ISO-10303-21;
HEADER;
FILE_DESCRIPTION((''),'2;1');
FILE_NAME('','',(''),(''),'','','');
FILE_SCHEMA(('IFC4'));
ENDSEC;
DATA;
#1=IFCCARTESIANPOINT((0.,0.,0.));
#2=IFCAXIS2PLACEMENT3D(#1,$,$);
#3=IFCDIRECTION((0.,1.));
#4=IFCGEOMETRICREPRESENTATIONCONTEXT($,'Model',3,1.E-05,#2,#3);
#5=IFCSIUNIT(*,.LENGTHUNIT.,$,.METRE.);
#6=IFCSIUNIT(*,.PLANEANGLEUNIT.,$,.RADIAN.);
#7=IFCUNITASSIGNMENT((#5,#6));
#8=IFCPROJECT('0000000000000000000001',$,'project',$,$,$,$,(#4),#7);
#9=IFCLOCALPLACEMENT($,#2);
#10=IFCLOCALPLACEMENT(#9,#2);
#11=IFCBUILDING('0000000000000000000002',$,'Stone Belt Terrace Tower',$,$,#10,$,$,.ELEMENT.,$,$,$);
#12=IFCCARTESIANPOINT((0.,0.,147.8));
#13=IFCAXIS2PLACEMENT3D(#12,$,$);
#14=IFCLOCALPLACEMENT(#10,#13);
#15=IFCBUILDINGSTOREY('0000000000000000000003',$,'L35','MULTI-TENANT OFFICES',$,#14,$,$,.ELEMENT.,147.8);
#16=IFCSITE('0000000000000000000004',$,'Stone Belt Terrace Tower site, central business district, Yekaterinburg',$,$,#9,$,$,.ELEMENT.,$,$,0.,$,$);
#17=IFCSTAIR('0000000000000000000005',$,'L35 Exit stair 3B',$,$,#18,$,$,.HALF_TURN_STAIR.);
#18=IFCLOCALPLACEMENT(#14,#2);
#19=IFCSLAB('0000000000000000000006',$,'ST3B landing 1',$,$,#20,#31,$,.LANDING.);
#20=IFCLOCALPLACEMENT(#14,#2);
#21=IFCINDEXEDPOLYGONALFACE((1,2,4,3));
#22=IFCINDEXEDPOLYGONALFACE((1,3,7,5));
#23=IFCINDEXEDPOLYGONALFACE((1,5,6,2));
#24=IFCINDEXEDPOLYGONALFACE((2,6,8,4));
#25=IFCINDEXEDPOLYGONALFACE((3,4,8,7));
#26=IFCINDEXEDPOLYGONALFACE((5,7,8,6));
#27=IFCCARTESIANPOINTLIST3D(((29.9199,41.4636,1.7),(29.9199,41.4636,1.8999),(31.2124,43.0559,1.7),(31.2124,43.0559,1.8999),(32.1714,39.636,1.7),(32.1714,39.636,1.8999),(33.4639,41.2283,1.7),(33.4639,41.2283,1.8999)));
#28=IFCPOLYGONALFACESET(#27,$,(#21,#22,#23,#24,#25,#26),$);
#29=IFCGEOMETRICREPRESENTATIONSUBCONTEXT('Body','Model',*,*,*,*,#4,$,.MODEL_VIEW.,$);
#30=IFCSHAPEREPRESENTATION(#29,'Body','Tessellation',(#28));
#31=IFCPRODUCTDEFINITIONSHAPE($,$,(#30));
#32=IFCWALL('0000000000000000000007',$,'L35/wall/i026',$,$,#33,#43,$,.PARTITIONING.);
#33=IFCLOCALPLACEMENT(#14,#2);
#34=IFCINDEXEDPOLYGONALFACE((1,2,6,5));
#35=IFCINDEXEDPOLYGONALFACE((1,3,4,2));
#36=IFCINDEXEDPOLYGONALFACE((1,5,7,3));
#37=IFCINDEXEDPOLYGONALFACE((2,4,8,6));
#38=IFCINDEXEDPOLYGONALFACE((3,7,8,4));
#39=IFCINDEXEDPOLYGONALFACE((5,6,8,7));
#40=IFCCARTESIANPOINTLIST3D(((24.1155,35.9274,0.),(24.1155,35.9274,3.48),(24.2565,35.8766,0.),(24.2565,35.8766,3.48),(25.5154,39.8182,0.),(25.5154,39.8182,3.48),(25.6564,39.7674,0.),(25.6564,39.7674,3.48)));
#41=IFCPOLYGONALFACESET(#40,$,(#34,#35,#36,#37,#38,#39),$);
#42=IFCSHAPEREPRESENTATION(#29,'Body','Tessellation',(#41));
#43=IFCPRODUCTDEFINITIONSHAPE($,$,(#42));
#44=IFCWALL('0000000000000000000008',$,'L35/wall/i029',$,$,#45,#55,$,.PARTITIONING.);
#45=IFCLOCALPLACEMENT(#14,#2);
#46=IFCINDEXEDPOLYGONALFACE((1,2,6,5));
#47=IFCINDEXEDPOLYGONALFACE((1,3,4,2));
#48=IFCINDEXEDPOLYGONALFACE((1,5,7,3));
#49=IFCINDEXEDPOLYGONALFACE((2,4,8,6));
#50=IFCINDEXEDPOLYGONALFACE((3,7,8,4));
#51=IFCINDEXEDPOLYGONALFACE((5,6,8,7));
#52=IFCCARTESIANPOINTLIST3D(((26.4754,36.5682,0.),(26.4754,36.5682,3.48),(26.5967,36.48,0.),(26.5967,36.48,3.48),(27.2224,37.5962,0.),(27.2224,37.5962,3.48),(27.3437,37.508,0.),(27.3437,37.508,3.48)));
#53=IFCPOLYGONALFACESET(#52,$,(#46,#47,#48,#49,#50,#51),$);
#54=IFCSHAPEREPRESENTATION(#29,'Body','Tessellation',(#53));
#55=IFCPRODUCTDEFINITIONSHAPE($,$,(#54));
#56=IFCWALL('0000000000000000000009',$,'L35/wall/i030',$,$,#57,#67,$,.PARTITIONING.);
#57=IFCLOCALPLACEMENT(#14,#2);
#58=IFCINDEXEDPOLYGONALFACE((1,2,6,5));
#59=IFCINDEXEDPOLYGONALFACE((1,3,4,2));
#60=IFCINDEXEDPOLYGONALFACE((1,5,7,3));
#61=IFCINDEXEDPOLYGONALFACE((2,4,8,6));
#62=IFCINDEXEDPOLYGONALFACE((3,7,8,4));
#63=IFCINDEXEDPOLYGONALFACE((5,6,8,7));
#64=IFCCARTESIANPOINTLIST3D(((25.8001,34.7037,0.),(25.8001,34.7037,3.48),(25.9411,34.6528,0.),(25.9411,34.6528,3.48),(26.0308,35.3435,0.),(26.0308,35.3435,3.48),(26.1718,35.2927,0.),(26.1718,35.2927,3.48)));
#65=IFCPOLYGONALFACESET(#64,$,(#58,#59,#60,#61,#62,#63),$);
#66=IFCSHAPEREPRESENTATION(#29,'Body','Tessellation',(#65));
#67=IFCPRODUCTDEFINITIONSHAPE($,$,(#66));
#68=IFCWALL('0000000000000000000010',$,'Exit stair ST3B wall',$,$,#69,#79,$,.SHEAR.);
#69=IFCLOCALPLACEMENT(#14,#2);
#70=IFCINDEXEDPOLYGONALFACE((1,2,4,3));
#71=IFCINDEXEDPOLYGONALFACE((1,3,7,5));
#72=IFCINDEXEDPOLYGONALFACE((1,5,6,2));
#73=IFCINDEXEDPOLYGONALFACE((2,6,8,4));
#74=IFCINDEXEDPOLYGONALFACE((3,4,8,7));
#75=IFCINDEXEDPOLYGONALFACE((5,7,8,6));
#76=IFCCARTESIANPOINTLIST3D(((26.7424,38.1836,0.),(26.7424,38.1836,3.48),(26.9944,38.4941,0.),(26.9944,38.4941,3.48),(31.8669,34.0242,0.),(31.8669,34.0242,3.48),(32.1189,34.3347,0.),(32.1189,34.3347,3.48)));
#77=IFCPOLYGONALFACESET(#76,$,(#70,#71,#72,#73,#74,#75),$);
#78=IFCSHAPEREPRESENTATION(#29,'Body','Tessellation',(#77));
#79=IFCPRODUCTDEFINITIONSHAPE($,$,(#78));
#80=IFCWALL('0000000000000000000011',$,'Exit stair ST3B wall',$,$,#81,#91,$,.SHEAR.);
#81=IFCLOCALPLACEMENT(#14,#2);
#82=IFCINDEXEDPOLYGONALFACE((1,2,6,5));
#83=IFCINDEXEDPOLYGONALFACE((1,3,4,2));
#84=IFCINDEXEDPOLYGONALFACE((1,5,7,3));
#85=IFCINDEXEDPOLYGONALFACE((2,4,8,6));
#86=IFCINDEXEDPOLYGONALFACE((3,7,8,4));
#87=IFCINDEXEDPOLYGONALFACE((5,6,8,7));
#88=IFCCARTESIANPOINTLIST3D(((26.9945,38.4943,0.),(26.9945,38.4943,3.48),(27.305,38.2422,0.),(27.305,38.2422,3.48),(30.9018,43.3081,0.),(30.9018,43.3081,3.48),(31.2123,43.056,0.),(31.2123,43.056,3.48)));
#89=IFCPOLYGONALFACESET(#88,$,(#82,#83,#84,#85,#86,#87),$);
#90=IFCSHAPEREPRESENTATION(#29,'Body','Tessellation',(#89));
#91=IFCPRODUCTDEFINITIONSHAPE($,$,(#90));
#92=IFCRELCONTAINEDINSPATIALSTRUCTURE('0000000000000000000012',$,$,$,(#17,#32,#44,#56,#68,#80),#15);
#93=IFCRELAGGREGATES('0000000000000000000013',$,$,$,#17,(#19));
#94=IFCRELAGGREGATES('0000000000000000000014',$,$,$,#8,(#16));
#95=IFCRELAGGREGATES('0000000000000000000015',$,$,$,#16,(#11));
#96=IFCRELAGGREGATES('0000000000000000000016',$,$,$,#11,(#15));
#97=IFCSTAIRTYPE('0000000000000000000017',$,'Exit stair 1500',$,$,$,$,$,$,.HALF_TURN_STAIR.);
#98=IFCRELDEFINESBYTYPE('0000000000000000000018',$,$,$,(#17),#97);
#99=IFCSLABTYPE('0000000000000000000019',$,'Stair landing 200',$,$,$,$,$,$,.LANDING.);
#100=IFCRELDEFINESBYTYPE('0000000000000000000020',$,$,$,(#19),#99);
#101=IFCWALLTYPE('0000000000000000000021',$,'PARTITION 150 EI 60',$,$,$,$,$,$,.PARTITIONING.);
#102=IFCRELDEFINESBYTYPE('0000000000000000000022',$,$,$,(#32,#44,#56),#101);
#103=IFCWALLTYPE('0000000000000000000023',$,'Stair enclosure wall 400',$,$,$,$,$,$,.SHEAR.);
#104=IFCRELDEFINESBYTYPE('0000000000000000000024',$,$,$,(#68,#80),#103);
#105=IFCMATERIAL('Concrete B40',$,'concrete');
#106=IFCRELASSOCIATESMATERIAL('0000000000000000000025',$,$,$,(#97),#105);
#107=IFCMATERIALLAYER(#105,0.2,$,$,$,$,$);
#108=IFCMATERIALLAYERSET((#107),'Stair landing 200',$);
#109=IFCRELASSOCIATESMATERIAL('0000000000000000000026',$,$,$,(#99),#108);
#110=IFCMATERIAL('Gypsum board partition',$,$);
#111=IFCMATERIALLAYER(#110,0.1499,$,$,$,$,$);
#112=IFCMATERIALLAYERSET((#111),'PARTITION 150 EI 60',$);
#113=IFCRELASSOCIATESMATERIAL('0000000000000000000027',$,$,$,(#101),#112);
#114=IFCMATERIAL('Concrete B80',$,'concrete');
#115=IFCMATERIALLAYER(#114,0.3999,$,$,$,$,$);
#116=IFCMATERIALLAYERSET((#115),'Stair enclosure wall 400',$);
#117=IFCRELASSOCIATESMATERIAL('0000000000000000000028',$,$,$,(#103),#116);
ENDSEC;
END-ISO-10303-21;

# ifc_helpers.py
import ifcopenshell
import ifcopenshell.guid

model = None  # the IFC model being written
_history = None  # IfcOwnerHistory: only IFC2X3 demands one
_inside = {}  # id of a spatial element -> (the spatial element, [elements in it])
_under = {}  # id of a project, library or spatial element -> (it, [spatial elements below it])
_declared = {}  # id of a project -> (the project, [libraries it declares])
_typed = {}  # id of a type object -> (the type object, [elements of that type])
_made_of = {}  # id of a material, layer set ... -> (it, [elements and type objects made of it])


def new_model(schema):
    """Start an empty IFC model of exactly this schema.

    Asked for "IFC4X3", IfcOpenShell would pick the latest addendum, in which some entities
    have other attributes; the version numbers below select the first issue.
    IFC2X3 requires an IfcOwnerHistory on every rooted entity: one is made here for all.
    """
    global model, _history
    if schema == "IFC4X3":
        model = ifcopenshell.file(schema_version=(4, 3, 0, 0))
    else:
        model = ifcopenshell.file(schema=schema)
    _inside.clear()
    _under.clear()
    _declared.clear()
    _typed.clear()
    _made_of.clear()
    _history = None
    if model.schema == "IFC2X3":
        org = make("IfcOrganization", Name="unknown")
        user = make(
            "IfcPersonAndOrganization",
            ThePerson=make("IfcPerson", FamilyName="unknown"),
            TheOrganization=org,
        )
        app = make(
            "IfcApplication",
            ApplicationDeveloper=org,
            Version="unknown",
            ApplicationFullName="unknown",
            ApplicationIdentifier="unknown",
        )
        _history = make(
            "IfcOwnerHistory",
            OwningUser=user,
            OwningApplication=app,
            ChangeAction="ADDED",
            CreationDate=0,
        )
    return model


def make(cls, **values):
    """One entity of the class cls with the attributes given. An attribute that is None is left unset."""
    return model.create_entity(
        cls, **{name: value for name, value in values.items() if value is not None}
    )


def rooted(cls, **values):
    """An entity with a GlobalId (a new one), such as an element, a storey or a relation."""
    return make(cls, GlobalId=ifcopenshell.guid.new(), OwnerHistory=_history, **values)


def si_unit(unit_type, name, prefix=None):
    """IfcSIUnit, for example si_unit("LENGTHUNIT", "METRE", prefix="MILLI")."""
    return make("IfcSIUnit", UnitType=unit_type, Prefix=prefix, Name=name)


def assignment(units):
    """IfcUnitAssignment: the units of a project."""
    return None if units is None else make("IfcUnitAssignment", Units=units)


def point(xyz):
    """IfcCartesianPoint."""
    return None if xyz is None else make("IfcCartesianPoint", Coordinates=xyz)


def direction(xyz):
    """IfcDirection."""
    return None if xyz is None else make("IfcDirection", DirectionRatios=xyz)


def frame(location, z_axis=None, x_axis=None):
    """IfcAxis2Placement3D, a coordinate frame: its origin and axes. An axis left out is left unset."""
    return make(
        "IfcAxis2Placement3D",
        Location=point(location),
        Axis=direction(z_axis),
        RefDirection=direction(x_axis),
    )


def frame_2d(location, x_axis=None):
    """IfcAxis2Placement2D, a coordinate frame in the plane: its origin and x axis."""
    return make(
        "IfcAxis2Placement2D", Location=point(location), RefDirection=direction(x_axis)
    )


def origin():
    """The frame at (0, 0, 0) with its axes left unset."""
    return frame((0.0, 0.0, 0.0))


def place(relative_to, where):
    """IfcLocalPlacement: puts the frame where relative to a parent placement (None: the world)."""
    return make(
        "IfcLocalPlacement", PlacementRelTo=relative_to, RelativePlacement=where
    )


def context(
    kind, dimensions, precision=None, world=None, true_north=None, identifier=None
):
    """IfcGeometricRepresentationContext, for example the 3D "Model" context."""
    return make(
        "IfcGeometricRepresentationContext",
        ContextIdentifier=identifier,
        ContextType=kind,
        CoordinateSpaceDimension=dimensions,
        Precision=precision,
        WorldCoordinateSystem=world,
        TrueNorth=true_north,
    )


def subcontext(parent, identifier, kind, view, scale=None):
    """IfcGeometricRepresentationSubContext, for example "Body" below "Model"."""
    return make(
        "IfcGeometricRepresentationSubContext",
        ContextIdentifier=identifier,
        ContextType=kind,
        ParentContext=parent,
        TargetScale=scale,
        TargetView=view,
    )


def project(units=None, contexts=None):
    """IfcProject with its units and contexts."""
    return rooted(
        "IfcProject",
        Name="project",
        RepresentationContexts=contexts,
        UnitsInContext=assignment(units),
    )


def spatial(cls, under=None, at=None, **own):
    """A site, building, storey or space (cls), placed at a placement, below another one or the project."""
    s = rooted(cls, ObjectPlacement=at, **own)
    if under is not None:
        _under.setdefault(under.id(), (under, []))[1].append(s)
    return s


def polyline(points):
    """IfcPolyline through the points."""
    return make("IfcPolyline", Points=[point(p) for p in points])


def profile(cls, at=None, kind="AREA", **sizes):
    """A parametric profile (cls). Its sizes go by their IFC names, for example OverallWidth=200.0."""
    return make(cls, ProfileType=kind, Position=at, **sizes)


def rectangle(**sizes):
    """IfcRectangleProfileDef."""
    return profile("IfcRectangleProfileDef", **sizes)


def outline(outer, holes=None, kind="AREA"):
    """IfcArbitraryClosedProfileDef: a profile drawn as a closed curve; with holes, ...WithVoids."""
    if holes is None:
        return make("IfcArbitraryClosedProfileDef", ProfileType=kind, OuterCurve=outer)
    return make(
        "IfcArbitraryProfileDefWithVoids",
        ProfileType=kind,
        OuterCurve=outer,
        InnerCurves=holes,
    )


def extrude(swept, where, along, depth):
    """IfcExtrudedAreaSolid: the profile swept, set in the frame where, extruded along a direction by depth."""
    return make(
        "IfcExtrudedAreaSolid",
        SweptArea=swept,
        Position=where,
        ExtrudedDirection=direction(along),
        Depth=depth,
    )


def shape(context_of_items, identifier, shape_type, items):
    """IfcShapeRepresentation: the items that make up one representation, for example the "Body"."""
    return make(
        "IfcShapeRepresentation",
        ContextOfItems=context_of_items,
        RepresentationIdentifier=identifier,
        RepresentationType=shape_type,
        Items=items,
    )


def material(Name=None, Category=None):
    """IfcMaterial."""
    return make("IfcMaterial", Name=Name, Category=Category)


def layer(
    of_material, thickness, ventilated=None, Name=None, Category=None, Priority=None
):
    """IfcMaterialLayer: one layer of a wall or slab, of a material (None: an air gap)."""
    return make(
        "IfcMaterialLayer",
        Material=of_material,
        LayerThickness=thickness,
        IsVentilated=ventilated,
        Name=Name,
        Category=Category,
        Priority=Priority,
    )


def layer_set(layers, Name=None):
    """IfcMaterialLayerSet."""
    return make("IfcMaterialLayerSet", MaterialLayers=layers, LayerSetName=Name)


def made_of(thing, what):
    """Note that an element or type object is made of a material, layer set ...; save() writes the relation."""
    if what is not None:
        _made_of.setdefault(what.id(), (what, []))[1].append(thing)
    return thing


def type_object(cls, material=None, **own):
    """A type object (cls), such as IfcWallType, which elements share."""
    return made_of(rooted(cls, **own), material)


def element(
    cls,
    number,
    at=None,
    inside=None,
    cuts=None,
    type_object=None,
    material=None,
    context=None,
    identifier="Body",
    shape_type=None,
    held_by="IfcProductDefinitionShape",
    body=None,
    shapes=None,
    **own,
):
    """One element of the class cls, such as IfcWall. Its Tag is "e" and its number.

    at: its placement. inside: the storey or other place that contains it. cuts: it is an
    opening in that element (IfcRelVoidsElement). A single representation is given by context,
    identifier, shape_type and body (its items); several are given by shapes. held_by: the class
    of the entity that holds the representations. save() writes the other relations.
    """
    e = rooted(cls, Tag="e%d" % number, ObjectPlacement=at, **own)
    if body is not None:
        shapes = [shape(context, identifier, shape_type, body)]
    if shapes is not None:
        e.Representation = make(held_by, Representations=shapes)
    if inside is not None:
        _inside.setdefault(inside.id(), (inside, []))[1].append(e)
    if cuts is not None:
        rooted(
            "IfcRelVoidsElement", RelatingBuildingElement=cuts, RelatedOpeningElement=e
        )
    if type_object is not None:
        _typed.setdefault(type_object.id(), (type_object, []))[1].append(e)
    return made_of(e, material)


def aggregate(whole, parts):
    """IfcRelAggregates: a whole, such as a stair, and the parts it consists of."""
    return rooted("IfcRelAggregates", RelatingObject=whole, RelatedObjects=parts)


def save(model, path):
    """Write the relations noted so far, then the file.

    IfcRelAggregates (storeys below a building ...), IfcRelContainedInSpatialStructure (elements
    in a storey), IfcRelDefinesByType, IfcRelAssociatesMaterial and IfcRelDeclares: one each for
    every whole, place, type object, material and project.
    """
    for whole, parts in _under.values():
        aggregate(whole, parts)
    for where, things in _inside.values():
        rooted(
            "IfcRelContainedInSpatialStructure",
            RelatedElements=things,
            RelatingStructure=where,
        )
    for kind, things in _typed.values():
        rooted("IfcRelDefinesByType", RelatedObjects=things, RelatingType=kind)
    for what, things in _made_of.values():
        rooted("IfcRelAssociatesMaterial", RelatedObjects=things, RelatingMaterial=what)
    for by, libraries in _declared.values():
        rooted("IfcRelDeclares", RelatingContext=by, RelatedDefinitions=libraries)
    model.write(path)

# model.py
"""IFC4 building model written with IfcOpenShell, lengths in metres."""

from ifc_helpers import new_model, si_unit, direction, frame, frame_2d, origin, place, context, subcontext, project, spatial, polyline, rectangle, outline, extrude, material, layer, layer_set, type_object, element, aggregate, save


model = new_model("IFC4")

# Units and contexts
model_context = context("Model", 3, precision=1e-05, world=origin(), true_north=direction((0.0, 1.0)))
body_context = subcontext(model_context, "Body", "Model", "MODEL_VIEW")
ifc_project = project(units=[si_unit("LENGTHUNIT", "METRE"), si_unit("PLANEANGLEUNIT", "RADIAN")], contexts=[model_context])

# Site, building, storey
site_placement = place(None, origin())
site = spatial("IfcSite", under=ifc_project, at=site_placement, Name="Stone Belt Terrace Tower site, central business district, Yekaterinburg", CompositionType="ELEMENT", RefElevation=0.0)
building_placement = place(site_placement, origin())
building = spatial("IfcBuilding", under=site, at=building_placement, Name="Stone Belt Terrace Tower", CompositionType="ELEMENT")
storey_placement = place(building_placement, frame((0.0, 0.0, 147.8)))
storey = spatial("IfcBuildingStorey", under=building, at=storey_placement, Name="L35", Description="MULTI-TENANT OFFICES", CompositionType="ELEMENT", Elevation=147.8)

# Shared definitions
ifc_material_1 = material(Name="Concrete B80", Category="concrete")

# Shared definitions
ifc_material_2 = material(Name="Concrete B40", Category="concrete")

# Stair, slab
stair_type = type_object("IfcStairType", Name="Exit stair 1500", PredefinedType="HALF_TURN_STAIR", material=ifc_material_2)
ifc_layer_1 = layer(ifc_material_2, 0.2)
ifc_layer_set_1 = layer_set([ifc_layer_1], Name="Stair landing 200")
slab_type_1 = type_object("IfcSlabType", Name="Stair landing 200", PredefinedType="LANDING", material=ifc_layer_set_1)
stair_1_placement = place(storey_placement, origin())
stair_1 = element("IfcStair", 1, at=stair_1_placement, inside=storey, type_object=stair_type, Name="L35 Exit stair 3B", PredefinedType="HALF_TURN_STAIR")
slab_1_placement = place(storey_placement, frame((0.0, 0.0, 1.7)))
slab_1 = element("IfcSlab", 2, at=slab_1_placement, type_object=slab_type_1, Name="ST3B landing 1", PredefinedType="LANDING", context=body_context, shape_type="SweptSolid", body=[
    extrude(outline(polyline([(32.1714, 39.636), (33.4639, 41.2283), (31.2124, 43.0559), (29.9199, 41.4636), (32.1714, 39.636)])), origin(), (0.0, 0.0, 1.0), 0.2),
])
aggregate(stair_1, [slab_1])

# Walls
ifc_material_3 = material(Name="Gypsum board partition")
ifc_layer_2 = layer(ifc_material_3, 0.1499)
ifc_layer_set_2 = layer_set([ifc_layer_2], Name="PARTITION 150 EI 60")
wall_type_1 = type_object("IfcWallType", Name="PARTITION 150 EI 60", PredefinedType="PARTITIONING", material=ifc_layer_set_2)
wall_1_placement = place(storey_placement, frame((24.186, 35.9021, 0.0), z_axis=(0.0, 0.0, 1.0), x_axis=(0.338546, 0.94095, 0.0)))
element("IfcWall", 3, at=wall_1_placement, inside=storey, type_object=wall_type_1, Name="L35/wall/i026", PredefinedType="PARTITIONING", context=body_context, shape_type="SweptSolid", body=[
    extrude(rectangle(XDim=4.135, YDim=0.1499, at=frame_2d((2.0674, 0.0))), origin(), (0.0, 0.0, 1.0), 3.48),
])
wall_2_placement = place(storey_placement, frame((27.283, 37.552, 0.0), z_axis=(0.0, 0.0, 1.0), x_axis=(-0.587852, -0.808969, 0.0)))
element("IfcWall", 4, at=wall_2_placement, inside=storey, type_object=wall_type_1, Name="L35/wall/i029", PredefinedType="PARTITIONING", context=body_context, shape_type="SweptSolid", body=[
    extrude(rectangle(XDim=1.2708, YDim=0.1499, at=frame_2d((0.6353, 0.0))), origin(), (0.0, 0.0, 1.0), 3.48),
])
wall_3_placement = place(storey_placement, frame((26.1013, 35.3181, 0.0), z_axis=(0.0, 0.0, 1.0), x_axis=(-0.339177, -0.940723, 0.0)))
element("IfcWall", 5, at=wall_3_placement, inside=storey, type_object=wall_type_1, Name="L35/wall/i030", PredefinedType="PARTITIONING", context=body_context, shape_type="SweptSolid", body=[
    extrude(rectangle(XDim=0.6802, YDim=0.1499, at=frame_2d((0.3401, 0.0))), origin(), (0.0, 0.0, 1.0), 3.48),
])
ifc_layer_3 = layer(ifc_material_1, 0.3999)
ifc_layer_set_3 = layer_set([ifc_layer_3], Name="Stair enclosure wall 400")
wall_type_2 = type_object("IfcWallType", Name="Stair enclosure wall 400", PredefinedType="SHEAR", material=ifc_layer_set_3)
wall_4_placement = place(storey_placement, frame((26.8684, 38.3389, 0.0), z_axis=(0.0, 0.0, 1.0), x_axis=(0.776428, -0.630205, 0.0)))
element("IfcWall", 6, at=wall_4_placement, inside=storey, type_object=wall_type_2, Name="Exit stair ST3B wall", PredefinedType="SHEAR", context=body_context, shape_type="SweptSolid", body=[
    extrude(rectangle(XDim=6.6001, YDim=0.3999, at=frame_2d((3.3, 0.0))), origin(), (0.0, 0.0, 1.0), 3.48),
])
wall_5_placement = place(storey_placement, frame((27.1497, 38.3682, 0.0), z_axis=(0.0, 0.0, 1.0), x_axis=(0.630212, 0.776423, 0.0)))
element("IfcWall", 7, at=wall_5_placement, inside=storey, type_object=wall_type_2, Name="Exit stair ST3B wall", PredefinedType="SHEAR", context=body_context, shape_type="SweptSolid", body=[
    extrude(rectangle(XDim=6.2, YDim=0.3999, at=frame_2d((3.1001, 0.0))), origin(), (0.0, 0.0, 1.0), 3.48),
])

save(model, "model.ifc")
